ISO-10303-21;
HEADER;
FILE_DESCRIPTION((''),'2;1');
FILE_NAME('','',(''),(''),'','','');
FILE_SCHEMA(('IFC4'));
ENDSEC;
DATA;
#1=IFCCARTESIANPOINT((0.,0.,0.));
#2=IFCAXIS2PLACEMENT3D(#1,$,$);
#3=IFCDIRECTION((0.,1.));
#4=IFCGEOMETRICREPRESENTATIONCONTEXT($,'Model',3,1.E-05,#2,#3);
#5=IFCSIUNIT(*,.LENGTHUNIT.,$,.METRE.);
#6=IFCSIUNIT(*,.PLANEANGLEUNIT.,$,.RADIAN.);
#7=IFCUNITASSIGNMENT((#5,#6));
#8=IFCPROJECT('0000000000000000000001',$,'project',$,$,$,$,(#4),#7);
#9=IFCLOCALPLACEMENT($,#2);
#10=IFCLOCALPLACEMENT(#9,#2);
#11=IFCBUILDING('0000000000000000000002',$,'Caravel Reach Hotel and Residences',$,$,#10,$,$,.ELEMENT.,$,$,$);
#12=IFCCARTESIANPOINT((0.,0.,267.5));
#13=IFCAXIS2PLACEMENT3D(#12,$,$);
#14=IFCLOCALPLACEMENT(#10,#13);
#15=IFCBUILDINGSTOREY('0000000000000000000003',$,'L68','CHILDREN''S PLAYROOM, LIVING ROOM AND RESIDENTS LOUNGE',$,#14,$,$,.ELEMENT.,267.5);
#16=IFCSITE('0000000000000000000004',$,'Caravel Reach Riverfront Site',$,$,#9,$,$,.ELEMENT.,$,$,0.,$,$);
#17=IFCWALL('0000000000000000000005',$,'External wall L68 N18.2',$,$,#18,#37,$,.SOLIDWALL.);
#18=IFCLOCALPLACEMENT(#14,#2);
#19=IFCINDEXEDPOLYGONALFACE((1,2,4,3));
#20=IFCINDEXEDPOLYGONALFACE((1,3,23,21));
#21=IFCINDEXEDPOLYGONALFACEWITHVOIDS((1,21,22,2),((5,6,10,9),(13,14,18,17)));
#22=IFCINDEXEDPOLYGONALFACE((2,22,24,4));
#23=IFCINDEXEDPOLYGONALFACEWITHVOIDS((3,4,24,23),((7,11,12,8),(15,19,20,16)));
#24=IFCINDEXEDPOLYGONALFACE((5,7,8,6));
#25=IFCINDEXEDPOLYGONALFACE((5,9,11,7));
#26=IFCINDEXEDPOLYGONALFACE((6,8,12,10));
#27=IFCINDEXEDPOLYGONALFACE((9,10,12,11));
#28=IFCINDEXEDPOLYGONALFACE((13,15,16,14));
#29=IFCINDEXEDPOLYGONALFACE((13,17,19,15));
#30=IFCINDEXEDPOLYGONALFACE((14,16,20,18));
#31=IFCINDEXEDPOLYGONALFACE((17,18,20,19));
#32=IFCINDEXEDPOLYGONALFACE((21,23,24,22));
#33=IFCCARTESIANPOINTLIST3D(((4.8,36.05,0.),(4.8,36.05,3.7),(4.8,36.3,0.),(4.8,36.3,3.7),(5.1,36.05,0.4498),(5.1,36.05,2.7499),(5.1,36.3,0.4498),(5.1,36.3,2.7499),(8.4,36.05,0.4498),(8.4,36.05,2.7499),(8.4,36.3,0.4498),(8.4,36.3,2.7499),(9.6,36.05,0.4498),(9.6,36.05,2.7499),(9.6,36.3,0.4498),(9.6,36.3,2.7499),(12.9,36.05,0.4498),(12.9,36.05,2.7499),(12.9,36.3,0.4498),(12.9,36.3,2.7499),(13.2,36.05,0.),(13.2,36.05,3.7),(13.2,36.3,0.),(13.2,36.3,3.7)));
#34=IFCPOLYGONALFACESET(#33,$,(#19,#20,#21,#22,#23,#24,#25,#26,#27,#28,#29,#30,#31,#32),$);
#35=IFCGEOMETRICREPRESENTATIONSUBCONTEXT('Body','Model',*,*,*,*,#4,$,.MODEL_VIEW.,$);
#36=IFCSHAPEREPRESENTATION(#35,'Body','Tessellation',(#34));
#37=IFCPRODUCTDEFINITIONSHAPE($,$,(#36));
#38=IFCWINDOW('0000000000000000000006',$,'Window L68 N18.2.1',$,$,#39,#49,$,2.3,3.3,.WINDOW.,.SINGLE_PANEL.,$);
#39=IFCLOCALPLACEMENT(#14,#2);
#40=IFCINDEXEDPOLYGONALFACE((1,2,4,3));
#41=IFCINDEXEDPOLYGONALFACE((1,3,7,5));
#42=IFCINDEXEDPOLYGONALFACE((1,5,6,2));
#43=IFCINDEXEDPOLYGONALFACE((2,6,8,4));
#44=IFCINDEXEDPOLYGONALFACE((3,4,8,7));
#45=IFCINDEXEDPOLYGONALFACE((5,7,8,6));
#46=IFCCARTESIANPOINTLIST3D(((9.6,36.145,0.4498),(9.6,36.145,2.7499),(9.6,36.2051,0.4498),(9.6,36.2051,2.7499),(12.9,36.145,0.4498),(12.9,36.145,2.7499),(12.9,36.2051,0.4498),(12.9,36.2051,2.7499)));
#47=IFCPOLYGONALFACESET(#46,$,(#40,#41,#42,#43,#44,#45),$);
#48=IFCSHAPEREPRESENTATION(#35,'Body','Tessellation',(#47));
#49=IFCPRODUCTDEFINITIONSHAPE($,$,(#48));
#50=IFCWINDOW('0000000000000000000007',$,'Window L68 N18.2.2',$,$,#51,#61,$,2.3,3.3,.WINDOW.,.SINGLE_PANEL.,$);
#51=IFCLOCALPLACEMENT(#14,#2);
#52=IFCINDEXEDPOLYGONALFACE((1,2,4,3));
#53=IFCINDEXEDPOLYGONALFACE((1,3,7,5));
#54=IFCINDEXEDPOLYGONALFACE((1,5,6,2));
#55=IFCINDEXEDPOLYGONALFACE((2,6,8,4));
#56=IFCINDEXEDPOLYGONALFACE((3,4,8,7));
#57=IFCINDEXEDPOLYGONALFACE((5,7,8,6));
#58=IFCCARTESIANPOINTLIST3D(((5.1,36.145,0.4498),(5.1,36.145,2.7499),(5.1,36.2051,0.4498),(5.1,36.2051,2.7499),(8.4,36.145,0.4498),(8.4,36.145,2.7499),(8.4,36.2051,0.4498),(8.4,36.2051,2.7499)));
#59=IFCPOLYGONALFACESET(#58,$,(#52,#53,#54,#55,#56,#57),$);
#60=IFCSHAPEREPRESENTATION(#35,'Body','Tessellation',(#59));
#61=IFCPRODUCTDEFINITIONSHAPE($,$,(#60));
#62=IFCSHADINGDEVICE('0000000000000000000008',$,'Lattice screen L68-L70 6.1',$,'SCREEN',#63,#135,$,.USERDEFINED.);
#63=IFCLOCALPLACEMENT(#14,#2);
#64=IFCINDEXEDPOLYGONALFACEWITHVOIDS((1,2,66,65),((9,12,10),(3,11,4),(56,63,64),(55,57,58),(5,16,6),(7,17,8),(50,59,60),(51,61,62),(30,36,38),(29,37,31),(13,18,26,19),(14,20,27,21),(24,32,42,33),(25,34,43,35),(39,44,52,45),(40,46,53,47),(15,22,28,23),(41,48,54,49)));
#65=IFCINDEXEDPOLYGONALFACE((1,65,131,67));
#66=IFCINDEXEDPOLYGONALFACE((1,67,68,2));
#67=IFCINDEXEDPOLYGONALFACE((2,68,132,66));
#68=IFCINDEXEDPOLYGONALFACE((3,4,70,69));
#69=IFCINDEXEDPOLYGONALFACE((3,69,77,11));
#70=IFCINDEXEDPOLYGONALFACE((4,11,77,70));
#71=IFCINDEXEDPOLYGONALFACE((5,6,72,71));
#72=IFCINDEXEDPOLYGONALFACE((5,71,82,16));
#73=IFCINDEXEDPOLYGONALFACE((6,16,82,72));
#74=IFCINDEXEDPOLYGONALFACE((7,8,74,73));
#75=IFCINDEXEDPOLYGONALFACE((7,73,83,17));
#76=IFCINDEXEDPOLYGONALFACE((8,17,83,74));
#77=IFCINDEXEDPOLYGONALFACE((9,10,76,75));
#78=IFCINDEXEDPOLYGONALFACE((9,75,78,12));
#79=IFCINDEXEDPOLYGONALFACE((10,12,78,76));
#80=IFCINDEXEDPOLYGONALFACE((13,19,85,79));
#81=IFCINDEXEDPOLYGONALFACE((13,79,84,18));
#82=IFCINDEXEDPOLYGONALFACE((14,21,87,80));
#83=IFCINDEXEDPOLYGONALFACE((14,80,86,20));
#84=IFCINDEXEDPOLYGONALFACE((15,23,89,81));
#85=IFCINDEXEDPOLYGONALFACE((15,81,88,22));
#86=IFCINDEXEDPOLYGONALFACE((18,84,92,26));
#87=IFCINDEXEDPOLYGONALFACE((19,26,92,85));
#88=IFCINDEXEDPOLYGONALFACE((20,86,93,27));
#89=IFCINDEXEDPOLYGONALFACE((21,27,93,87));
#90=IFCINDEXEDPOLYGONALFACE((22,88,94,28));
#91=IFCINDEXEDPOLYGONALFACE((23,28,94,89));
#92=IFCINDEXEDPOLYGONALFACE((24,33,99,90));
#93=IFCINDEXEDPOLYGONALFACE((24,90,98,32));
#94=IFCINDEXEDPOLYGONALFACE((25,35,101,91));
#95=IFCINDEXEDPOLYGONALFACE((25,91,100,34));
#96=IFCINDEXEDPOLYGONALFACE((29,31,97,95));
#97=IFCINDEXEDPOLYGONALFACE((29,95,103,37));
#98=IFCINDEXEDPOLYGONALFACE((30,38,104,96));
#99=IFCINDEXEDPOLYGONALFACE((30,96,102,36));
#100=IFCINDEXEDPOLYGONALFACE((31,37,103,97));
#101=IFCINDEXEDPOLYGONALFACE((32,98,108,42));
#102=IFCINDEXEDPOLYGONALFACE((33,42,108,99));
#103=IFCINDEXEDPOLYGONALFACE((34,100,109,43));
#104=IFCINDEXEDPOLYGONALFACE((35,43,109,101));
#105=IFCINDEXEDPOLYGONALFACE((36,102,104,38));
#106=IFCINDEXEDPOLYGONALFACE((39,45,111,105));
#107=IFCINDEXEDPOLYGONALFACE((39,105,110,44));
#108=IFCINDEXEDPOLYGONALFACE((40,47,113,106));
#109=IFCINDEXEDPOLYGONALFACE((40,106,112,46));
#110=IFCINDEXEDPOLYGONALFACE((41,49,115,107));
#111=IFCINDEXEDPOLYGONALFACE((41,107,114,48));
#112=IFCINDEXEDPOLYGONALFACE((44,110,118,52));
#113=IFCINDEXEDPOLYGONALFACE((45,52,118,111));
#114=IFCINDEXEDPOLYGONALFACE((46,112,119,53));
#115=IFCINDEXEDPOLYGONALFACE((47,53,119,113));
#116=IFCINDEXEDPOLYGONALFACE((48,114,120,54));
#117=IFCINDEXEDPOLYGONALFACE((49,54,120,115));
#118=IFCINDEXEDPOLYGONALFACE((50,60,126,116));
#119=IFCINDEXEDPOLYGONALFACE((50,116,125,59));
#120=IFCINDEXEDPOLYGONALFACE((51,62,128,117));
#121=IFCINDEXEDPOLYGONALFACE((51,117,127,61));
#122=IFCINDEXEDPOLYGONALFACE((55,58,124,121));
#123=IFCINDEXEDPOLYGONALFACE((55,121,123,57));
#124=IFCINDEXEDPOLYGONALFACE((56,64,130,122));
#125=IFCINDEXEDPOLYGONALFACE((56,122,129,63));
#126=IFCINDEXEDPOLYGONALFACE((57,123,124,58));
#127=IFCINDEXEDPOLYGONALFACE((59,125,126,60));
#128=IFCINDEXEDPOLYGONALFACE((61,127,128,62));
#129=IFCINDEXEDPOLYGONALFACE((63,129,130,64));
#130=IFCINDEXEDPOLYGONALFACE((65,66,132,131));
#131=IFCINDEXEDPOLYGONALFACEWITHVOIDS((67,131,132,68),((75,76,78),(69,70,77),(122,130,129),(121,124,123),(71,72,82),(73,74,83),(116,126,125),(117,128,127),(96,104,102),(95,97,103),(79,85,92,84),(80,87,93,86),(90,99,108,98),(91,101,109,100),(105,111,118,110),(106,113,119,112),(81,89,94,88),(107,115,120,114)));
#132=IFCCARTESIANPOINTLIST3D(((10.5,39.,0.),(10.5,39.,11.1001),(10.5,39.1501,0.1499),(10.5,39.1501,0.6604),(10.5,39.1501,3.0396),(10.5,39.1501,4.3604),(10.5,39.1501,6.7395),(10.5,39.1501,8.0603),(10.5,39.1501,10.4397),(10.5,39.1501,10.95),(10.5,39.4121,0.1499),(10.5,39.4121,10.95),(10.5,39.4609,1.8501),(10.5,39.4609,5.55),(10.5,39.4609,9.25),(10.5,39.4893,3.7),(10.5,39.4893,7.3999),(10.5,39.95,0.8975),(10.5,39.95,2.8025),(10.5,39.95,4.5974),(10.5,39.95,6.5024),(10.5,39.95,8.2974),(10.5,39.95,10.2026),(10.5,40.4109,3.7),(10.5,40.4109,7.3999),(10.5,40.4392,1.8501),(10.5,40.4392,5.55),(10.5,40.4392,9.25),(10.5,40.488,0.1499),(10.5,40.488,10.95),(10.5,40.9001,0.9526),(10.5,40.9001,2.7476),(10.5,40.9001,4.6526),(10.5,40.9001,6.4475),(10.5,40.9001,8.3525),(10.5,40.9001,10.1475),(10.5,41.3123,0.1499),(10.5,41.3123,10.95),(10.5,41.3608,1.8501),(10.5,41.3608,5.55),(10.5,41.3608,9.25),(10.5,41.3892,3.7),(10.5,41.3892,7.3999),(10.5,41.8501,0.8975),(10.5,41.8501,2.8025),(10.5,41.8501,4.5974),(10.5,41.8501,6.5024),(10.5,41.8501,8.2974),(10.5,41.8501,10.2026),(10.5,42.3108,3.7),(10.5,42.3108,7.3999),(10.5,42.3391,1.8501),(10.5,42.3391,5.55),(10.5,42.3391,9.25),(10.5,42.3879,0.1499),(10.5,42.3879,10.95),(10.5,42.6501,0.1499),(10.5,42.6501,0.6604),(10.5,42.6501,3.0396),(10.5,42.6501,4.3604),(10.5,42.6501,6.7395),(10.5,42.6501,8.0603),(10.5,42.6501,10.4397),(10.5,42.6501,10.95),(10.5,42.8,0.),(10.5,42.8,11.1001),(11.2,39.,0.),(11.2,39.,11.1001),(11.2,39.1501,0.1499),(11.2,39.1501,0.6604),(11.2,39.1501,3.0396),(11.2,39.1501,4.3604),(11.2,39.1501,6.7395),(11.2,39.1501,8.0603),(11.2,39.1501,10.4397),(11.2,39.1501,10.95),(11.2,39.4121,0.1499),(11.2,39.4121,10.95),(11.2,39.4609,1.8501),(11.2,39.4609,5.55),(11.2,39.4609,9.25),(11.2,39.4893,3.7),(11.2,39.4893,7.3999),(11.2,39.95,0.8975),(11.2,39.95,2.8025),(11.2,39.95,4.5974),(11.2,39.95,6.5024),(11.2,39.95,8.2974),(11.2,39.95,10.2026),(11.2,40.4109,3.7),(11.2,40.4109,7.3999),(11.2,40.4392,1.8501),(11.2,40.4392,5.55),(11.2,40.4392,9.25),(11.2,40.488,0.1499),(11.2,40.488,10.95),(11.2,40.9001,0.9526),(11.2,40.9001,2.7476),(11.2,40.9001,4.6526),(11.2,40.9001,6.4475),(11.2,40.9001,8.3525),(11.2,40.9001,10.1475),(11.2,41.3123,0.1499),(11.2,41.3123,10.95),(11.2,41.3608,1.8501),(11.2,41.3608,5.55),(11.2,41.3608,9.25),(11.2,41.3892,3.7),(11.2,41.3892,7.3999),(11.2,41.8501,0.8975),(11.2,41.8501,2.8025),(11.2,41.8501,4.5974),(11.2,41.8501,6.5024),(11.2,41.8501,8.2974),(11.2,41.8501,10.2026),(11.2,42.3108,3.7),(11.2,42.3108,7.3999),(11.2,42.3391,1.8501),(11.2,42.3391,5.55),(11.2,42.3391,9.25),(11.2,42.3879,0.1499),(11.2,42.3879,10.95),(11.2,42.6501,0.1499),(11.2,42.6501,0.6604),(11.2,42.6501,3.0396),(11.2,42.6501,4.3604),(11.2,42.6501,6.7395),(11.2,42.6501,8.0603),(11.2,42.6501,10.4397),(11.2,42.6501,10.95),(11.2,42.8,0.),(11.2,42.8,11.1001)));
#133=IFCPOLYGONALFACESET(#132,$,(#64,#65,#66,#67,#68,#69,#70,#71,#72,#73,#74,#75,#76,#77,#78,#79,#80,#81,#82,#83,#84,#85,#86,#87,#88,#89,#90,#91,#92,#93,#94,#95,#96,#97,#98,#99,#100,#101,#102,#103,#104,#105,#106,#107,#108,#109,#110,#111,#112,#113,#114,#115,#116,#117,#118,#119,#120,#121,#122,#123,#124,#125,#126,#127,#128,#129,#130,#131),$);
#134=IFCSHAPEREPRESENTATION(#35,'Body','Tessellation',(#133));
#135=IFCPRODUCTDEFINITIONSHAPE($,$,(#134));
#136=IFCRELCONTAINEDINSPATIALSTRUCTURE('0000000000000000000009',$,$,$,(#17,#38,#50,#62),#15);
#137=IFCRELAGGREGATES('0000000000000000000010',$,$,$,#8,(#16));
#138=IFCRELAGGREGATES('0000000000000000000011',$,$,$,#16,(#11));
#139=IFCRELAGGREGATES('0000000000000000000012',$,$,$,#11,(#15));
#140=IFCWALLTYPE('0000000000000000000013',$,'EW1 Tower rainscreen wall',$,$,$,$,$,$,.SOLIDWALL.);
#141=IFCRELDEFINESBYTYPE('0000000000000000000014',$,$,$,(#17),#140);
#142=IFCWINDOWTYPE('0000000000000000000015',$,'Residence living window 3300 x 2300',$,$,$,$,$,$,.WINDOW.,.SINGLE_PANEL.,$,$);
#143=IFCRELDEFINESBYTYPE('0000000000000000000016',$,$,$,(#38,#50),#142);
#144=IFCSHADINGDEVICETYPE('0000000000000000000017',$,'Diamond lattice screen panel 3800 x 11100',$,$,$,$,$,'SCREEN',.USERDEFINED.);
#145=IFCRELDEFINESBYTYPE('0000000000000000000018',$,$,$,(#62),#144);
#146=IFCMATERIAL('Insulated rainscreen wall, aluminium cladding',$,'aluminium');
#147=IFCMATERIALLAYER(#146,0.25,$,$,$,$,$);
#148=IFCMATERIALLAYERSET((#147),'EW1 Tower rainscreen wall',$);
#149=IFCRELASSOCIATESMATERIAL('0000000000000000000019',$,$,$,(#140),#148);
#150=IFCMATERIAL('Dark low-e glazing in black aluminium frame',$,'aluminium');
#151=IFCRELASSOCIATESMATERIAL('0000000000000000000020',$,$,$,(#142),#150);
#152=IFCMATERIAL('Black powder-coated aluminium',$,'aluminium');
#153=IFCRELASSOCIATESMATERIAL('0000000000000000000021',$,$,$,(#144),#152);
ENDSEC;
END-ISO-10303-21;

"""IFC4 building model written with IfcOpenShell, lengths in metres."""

from ifc_helpers import new_model, si_unit, direction, frame, frame_2d, origin, place, context, subcontext, project, spatial, polyline, rectangle, outline, extrude, material, layer, layer_set, type_object, element, fill, save


model = new_model("IFC4")

# Units and contexts
model_context = context("Model", 3, precision=1e-05, world=origin(), true_north=direction((0.0, 1.0)))
body_context = subcontext(model_context, "Body", "Model", "MODEL_VIEW")
ifc_project = project(units=[si_unit("LENGTHUNIT", "METRE"), si_unit("PLANEANGLEUNIT", "RADIAN")], contexts=[model_context])

# Site, building, storey
site_placement = place(None, origin())
site = spatial("IfcSite", under=ifc_project, at=site_placement, Name="Caravel Reach Riverfront Site", CompositionType="ELEMENT", RefElevation=0.0)
building_placement = place(site_placement, origin())
building = spatial("IfcBuilding", under=site, at=building_placement, Name="Caravel Reach Hotel and Residences", CompositionType="ELEMENT")
storey_placement = place(building_placement, frame((0.0, 0.0, 267.5)))
storey = spatial("IfcBuildingStorey", under=building, at=storey_placement, Name="L68", Description="CHILDREN'S PLAYROOM, LIVING ROOM AND RESIDENTS LOUNGE", CompositionType="ELEMENT", Elevation=267.5)

# Shared definitions
ifc_material_1 = material(Name="Insulated rainscreen wall, aluminium cladding", Category="aluminium")
ifc_layer_1 = layer(ifc_material_1, 0.25)
ifc_layer_set_1 = layer_set([ifc_layer_1], Name="EW1 Tower rainscreen wall")
wall_type_1 = type_object("IfcWallType", Name="EW1 Tower rainscreen wall", PredefinedType="SOLIDWALL", material=ifc_layer_set_1)

# Wall, openings, windows
wall_1_placement = place(storey_placement, frame((13.2, 36.175, 0.0), z_axis=(0.0, 0.0, 1.0), x_axis=(-1.0, 0.0, 0.0)))
wall_1 = element("IfcWall", 1, at=wall_1_placement, inside=storey, type_object=wall_type_1, Name="External wall L68 N18.2", PredefinedType="SOLIDWALL", context=body_context, shape_type="SweptSolid", body=[
    extrude(rectangle(XDim=8.3999, YDim=0.25, at=frame_2d((4.2, 0.0))), origin(), (0.0, 0.0, 1.0), 3.7),
])
opening_1_placement = place(wall_1_placement, frame((0.3, 0.0, 0.45)))
opening_1 = element("IfcOpeningElement", 2, at=opening_1_placement, cuts=wall_1, PredefinedType="OPENING", context=body_context, shape_type="SweptSolid", body=[
    extrude(rectangle(XDim=3.3, YDim=2.3, at=frame_2d((1.6499, 1.1499))), frame((0.0, 0.135, 0.0), z_axis=(0.0, -1.0, 0.0), x_axis=(1.0, 0.0, 0.0)), (0.0, 0.0, 1.0), 0.27),
])
opening_2_placement = place(wall_1_placement, frame((4.8, 0.0, 0.45)))
opening_2 = element("IfcOpeningElement", 3, at=opening_2_placement, cuts=wall_1, PredefinedType="OPENING", context=body_context, shape_type="SweptSolid", body=[
    extrude(rectangle(XDim=3.3, YDim=2.3, at=frame_2d((1.6499, 1.1499))), frame((0.0, 0.135, 0.0), z_axis=(0.0, -1.0, 0.0), x_axis=(1.0, 0.0, 0.0)), (0.0, 0.0, 1.0), 0.27),
])
ifc_material_2 = material(Name="Dark low-e glazing in black aluminium frame", Category="aluminium")
window_type_1 = type_object("IfcWindowType", Name="Residence living window 3300 x 2300", PartitioningType="SINGLE_PANEL", PredefinedType="WINDOW", material=ifc_material_2)
window_1_placement = place(opening_1_placement, origin())
window_1 = element("IfcWindow", 4, at=window_1_placement, inside=storey, type_object=window_type_1, Name="Window L68 N18.2.1", OverallHeight=2.3, OverallWidth=3.3, PartitioningType="SINGLE_PANEL", PredefinedType="WINDOW", context=body_context, shape_type="SweptSolid", body=[
    extrude(rectangle(XDim=3.3, YDim=2.3, at=frame_2d((1.6499, 1.1499))), frame((0.0, 0.03, 0.0), z_axis=(0.0, -1.0, 0.0), x_axis=(1.0, 0.0, 0.0)), (0.0, 0.0, 1.0), 0.0601),
])
fill(opening_1, window_1)
window_2_placement = place(opening_2_placement, origin())
window_2 = element("IfcWindow", 5, at=window_2_placement, inside=storey, type_object=window_type_1, Name="Window L68 N18.2.2", OverallHeight=2.3, OverallWidth=3.3, PartitioningType="SINGLE_PANEL", PredefinedType="WINDOW", context=body_context, shape_type="SweptSolid", body=[
    extrude(rectangle(XDim=3.3, YDim=2.3, at=frame_2d((1.6499, 1.1499))), frame((0.0, 0.03, 0.0), z_axis=(0.0, -1.0, 0.0), x_axis=(1.0, 0.0, 0.0)), (0.0, 0.0, 1.0), 0.0601),
])
fill(opening_2, window_2)

# Shading device
ifc_material_3 = material(Name="Black powder-coated aluminium", Category="aluminium")
shading_device_type_1 = type_object("IfcShadingDeviceType", Name="Diamond lattice screen panel 3800 x 11100", ElementType="SCREEN", PredefinedType="USERDEFINED", material=ifc_material_3)
shading_device_1_placement = place(storey_placement, frame((11.2, 42.8, 0.0), z_axis=(-1.0, 0.0, 0.0), x_axis=(0.0, -1.0, 0.0)))
element("IfcShadingDevice", 6, at=shading_device_1_placement, inside=storey, type_object=shading_device_type_1, Name="Lattice screen L68-L70 6.1", ObjectType="SCREEN", PredefinedType="USERDEFINED", context=body_context, shape_type="SweptSolid", body=[
    extrude(outline(polyline([(0.0, 0.0), (3.8, 0.0), (3.8, 11.1001), (0.0, 11.1001), (0.0, 0.0)]), holes=[polyline([(0.4121, 0.1499), (0.1499, 0.6604), (0.1499, 0.1499), (0.4121, 0.1499)]), polyline([(0.4893, 3.7), (0.1499, 4.3604), (0.1499, 3.0396), (0.4893, 3.7)]), polyline([(0.4893, 7.3999), (0.1499, 8.0603), (0.1499, 6.7395), (0.4893, 7.3999)]), polyline([(0.1499, 10.4397), (0.4121, 10.95), (0.1499, 10.95), (0.1499, 10.4397)]), polyline([(0.95, 2.8025), (0.4609, 1.8501), (0.95, 0.8975), (1.4392, 1.8501), (0.95, 2.8025)]), polyline([(0.95, 6.5024), (0.4609, 5.55), (0.95, 4.5974), (1.4392, 5.55), (0.95, 6.5024)]), polyline([(0.95, 10.2026), (0.4609, 9.25), (0.95, 8.2974), (1.4392, 9.25), (0.95, 10.2026)]), polyline([(1.8999, 0.9526), (1.4878, 0.1499), (2.312, 0.1499), (1.8999, 0.9526)]), polyline([(1.8999, 4.6526), (1.4109, 3.7), (1.8999, 2.7476), (2.3892, 3.7), (1.8999, 4.6526)]), polyline([(1.8999, 8.3525), (1.4109, 7.3999), (1.8999, 6.4475), (2.3892, 7.3999), (1.8999, 8.3525)]), polyline([(1.8999, 10.1475), (2.312, 10.95), (1.4878, 10.95), (1.8999, 10.1475)]), polyline([(2.8501, 2.8025), (2.3608, 1.8501), (2.8501, 0.8975), (3.3391, 1.8501), (2.8501, 2.8025)]), polyline([(2.8501, 6.5024), (2.3608, 5.55), (2.8501, 4.5974), (3.3391, 5.55), (2.8501, 6.5024)]), polyline([(2.8501, 10.2026), (2.3608, 9.25), (2.8501, 8.2974), (3.3391, 9.25), (2.8501, 10.2026)]), polyline([(3.6499, 0.6604), (3.3879, 0.1499), (3.6499, 0.1499), (3.6499, 0.6604)]), polyline([(3.3108, 3.7), (3.6499, 3.0396), (3.6499, 4.3604), (3.3108, 3.7)]), polyline([(3.3108, 7.3999), (3.6499, 6.7395), (3.6499, 8.0603), (3.3108, 7.3999)]), polyline([(3.3879, 10.95), (3.6499, 10.4397), (3.6499, 10.95), (3.3879, 10.95)])]), origin(), (0.0, 0.0, 1.0), 0.7),
])

save(model, "model.ifc")
